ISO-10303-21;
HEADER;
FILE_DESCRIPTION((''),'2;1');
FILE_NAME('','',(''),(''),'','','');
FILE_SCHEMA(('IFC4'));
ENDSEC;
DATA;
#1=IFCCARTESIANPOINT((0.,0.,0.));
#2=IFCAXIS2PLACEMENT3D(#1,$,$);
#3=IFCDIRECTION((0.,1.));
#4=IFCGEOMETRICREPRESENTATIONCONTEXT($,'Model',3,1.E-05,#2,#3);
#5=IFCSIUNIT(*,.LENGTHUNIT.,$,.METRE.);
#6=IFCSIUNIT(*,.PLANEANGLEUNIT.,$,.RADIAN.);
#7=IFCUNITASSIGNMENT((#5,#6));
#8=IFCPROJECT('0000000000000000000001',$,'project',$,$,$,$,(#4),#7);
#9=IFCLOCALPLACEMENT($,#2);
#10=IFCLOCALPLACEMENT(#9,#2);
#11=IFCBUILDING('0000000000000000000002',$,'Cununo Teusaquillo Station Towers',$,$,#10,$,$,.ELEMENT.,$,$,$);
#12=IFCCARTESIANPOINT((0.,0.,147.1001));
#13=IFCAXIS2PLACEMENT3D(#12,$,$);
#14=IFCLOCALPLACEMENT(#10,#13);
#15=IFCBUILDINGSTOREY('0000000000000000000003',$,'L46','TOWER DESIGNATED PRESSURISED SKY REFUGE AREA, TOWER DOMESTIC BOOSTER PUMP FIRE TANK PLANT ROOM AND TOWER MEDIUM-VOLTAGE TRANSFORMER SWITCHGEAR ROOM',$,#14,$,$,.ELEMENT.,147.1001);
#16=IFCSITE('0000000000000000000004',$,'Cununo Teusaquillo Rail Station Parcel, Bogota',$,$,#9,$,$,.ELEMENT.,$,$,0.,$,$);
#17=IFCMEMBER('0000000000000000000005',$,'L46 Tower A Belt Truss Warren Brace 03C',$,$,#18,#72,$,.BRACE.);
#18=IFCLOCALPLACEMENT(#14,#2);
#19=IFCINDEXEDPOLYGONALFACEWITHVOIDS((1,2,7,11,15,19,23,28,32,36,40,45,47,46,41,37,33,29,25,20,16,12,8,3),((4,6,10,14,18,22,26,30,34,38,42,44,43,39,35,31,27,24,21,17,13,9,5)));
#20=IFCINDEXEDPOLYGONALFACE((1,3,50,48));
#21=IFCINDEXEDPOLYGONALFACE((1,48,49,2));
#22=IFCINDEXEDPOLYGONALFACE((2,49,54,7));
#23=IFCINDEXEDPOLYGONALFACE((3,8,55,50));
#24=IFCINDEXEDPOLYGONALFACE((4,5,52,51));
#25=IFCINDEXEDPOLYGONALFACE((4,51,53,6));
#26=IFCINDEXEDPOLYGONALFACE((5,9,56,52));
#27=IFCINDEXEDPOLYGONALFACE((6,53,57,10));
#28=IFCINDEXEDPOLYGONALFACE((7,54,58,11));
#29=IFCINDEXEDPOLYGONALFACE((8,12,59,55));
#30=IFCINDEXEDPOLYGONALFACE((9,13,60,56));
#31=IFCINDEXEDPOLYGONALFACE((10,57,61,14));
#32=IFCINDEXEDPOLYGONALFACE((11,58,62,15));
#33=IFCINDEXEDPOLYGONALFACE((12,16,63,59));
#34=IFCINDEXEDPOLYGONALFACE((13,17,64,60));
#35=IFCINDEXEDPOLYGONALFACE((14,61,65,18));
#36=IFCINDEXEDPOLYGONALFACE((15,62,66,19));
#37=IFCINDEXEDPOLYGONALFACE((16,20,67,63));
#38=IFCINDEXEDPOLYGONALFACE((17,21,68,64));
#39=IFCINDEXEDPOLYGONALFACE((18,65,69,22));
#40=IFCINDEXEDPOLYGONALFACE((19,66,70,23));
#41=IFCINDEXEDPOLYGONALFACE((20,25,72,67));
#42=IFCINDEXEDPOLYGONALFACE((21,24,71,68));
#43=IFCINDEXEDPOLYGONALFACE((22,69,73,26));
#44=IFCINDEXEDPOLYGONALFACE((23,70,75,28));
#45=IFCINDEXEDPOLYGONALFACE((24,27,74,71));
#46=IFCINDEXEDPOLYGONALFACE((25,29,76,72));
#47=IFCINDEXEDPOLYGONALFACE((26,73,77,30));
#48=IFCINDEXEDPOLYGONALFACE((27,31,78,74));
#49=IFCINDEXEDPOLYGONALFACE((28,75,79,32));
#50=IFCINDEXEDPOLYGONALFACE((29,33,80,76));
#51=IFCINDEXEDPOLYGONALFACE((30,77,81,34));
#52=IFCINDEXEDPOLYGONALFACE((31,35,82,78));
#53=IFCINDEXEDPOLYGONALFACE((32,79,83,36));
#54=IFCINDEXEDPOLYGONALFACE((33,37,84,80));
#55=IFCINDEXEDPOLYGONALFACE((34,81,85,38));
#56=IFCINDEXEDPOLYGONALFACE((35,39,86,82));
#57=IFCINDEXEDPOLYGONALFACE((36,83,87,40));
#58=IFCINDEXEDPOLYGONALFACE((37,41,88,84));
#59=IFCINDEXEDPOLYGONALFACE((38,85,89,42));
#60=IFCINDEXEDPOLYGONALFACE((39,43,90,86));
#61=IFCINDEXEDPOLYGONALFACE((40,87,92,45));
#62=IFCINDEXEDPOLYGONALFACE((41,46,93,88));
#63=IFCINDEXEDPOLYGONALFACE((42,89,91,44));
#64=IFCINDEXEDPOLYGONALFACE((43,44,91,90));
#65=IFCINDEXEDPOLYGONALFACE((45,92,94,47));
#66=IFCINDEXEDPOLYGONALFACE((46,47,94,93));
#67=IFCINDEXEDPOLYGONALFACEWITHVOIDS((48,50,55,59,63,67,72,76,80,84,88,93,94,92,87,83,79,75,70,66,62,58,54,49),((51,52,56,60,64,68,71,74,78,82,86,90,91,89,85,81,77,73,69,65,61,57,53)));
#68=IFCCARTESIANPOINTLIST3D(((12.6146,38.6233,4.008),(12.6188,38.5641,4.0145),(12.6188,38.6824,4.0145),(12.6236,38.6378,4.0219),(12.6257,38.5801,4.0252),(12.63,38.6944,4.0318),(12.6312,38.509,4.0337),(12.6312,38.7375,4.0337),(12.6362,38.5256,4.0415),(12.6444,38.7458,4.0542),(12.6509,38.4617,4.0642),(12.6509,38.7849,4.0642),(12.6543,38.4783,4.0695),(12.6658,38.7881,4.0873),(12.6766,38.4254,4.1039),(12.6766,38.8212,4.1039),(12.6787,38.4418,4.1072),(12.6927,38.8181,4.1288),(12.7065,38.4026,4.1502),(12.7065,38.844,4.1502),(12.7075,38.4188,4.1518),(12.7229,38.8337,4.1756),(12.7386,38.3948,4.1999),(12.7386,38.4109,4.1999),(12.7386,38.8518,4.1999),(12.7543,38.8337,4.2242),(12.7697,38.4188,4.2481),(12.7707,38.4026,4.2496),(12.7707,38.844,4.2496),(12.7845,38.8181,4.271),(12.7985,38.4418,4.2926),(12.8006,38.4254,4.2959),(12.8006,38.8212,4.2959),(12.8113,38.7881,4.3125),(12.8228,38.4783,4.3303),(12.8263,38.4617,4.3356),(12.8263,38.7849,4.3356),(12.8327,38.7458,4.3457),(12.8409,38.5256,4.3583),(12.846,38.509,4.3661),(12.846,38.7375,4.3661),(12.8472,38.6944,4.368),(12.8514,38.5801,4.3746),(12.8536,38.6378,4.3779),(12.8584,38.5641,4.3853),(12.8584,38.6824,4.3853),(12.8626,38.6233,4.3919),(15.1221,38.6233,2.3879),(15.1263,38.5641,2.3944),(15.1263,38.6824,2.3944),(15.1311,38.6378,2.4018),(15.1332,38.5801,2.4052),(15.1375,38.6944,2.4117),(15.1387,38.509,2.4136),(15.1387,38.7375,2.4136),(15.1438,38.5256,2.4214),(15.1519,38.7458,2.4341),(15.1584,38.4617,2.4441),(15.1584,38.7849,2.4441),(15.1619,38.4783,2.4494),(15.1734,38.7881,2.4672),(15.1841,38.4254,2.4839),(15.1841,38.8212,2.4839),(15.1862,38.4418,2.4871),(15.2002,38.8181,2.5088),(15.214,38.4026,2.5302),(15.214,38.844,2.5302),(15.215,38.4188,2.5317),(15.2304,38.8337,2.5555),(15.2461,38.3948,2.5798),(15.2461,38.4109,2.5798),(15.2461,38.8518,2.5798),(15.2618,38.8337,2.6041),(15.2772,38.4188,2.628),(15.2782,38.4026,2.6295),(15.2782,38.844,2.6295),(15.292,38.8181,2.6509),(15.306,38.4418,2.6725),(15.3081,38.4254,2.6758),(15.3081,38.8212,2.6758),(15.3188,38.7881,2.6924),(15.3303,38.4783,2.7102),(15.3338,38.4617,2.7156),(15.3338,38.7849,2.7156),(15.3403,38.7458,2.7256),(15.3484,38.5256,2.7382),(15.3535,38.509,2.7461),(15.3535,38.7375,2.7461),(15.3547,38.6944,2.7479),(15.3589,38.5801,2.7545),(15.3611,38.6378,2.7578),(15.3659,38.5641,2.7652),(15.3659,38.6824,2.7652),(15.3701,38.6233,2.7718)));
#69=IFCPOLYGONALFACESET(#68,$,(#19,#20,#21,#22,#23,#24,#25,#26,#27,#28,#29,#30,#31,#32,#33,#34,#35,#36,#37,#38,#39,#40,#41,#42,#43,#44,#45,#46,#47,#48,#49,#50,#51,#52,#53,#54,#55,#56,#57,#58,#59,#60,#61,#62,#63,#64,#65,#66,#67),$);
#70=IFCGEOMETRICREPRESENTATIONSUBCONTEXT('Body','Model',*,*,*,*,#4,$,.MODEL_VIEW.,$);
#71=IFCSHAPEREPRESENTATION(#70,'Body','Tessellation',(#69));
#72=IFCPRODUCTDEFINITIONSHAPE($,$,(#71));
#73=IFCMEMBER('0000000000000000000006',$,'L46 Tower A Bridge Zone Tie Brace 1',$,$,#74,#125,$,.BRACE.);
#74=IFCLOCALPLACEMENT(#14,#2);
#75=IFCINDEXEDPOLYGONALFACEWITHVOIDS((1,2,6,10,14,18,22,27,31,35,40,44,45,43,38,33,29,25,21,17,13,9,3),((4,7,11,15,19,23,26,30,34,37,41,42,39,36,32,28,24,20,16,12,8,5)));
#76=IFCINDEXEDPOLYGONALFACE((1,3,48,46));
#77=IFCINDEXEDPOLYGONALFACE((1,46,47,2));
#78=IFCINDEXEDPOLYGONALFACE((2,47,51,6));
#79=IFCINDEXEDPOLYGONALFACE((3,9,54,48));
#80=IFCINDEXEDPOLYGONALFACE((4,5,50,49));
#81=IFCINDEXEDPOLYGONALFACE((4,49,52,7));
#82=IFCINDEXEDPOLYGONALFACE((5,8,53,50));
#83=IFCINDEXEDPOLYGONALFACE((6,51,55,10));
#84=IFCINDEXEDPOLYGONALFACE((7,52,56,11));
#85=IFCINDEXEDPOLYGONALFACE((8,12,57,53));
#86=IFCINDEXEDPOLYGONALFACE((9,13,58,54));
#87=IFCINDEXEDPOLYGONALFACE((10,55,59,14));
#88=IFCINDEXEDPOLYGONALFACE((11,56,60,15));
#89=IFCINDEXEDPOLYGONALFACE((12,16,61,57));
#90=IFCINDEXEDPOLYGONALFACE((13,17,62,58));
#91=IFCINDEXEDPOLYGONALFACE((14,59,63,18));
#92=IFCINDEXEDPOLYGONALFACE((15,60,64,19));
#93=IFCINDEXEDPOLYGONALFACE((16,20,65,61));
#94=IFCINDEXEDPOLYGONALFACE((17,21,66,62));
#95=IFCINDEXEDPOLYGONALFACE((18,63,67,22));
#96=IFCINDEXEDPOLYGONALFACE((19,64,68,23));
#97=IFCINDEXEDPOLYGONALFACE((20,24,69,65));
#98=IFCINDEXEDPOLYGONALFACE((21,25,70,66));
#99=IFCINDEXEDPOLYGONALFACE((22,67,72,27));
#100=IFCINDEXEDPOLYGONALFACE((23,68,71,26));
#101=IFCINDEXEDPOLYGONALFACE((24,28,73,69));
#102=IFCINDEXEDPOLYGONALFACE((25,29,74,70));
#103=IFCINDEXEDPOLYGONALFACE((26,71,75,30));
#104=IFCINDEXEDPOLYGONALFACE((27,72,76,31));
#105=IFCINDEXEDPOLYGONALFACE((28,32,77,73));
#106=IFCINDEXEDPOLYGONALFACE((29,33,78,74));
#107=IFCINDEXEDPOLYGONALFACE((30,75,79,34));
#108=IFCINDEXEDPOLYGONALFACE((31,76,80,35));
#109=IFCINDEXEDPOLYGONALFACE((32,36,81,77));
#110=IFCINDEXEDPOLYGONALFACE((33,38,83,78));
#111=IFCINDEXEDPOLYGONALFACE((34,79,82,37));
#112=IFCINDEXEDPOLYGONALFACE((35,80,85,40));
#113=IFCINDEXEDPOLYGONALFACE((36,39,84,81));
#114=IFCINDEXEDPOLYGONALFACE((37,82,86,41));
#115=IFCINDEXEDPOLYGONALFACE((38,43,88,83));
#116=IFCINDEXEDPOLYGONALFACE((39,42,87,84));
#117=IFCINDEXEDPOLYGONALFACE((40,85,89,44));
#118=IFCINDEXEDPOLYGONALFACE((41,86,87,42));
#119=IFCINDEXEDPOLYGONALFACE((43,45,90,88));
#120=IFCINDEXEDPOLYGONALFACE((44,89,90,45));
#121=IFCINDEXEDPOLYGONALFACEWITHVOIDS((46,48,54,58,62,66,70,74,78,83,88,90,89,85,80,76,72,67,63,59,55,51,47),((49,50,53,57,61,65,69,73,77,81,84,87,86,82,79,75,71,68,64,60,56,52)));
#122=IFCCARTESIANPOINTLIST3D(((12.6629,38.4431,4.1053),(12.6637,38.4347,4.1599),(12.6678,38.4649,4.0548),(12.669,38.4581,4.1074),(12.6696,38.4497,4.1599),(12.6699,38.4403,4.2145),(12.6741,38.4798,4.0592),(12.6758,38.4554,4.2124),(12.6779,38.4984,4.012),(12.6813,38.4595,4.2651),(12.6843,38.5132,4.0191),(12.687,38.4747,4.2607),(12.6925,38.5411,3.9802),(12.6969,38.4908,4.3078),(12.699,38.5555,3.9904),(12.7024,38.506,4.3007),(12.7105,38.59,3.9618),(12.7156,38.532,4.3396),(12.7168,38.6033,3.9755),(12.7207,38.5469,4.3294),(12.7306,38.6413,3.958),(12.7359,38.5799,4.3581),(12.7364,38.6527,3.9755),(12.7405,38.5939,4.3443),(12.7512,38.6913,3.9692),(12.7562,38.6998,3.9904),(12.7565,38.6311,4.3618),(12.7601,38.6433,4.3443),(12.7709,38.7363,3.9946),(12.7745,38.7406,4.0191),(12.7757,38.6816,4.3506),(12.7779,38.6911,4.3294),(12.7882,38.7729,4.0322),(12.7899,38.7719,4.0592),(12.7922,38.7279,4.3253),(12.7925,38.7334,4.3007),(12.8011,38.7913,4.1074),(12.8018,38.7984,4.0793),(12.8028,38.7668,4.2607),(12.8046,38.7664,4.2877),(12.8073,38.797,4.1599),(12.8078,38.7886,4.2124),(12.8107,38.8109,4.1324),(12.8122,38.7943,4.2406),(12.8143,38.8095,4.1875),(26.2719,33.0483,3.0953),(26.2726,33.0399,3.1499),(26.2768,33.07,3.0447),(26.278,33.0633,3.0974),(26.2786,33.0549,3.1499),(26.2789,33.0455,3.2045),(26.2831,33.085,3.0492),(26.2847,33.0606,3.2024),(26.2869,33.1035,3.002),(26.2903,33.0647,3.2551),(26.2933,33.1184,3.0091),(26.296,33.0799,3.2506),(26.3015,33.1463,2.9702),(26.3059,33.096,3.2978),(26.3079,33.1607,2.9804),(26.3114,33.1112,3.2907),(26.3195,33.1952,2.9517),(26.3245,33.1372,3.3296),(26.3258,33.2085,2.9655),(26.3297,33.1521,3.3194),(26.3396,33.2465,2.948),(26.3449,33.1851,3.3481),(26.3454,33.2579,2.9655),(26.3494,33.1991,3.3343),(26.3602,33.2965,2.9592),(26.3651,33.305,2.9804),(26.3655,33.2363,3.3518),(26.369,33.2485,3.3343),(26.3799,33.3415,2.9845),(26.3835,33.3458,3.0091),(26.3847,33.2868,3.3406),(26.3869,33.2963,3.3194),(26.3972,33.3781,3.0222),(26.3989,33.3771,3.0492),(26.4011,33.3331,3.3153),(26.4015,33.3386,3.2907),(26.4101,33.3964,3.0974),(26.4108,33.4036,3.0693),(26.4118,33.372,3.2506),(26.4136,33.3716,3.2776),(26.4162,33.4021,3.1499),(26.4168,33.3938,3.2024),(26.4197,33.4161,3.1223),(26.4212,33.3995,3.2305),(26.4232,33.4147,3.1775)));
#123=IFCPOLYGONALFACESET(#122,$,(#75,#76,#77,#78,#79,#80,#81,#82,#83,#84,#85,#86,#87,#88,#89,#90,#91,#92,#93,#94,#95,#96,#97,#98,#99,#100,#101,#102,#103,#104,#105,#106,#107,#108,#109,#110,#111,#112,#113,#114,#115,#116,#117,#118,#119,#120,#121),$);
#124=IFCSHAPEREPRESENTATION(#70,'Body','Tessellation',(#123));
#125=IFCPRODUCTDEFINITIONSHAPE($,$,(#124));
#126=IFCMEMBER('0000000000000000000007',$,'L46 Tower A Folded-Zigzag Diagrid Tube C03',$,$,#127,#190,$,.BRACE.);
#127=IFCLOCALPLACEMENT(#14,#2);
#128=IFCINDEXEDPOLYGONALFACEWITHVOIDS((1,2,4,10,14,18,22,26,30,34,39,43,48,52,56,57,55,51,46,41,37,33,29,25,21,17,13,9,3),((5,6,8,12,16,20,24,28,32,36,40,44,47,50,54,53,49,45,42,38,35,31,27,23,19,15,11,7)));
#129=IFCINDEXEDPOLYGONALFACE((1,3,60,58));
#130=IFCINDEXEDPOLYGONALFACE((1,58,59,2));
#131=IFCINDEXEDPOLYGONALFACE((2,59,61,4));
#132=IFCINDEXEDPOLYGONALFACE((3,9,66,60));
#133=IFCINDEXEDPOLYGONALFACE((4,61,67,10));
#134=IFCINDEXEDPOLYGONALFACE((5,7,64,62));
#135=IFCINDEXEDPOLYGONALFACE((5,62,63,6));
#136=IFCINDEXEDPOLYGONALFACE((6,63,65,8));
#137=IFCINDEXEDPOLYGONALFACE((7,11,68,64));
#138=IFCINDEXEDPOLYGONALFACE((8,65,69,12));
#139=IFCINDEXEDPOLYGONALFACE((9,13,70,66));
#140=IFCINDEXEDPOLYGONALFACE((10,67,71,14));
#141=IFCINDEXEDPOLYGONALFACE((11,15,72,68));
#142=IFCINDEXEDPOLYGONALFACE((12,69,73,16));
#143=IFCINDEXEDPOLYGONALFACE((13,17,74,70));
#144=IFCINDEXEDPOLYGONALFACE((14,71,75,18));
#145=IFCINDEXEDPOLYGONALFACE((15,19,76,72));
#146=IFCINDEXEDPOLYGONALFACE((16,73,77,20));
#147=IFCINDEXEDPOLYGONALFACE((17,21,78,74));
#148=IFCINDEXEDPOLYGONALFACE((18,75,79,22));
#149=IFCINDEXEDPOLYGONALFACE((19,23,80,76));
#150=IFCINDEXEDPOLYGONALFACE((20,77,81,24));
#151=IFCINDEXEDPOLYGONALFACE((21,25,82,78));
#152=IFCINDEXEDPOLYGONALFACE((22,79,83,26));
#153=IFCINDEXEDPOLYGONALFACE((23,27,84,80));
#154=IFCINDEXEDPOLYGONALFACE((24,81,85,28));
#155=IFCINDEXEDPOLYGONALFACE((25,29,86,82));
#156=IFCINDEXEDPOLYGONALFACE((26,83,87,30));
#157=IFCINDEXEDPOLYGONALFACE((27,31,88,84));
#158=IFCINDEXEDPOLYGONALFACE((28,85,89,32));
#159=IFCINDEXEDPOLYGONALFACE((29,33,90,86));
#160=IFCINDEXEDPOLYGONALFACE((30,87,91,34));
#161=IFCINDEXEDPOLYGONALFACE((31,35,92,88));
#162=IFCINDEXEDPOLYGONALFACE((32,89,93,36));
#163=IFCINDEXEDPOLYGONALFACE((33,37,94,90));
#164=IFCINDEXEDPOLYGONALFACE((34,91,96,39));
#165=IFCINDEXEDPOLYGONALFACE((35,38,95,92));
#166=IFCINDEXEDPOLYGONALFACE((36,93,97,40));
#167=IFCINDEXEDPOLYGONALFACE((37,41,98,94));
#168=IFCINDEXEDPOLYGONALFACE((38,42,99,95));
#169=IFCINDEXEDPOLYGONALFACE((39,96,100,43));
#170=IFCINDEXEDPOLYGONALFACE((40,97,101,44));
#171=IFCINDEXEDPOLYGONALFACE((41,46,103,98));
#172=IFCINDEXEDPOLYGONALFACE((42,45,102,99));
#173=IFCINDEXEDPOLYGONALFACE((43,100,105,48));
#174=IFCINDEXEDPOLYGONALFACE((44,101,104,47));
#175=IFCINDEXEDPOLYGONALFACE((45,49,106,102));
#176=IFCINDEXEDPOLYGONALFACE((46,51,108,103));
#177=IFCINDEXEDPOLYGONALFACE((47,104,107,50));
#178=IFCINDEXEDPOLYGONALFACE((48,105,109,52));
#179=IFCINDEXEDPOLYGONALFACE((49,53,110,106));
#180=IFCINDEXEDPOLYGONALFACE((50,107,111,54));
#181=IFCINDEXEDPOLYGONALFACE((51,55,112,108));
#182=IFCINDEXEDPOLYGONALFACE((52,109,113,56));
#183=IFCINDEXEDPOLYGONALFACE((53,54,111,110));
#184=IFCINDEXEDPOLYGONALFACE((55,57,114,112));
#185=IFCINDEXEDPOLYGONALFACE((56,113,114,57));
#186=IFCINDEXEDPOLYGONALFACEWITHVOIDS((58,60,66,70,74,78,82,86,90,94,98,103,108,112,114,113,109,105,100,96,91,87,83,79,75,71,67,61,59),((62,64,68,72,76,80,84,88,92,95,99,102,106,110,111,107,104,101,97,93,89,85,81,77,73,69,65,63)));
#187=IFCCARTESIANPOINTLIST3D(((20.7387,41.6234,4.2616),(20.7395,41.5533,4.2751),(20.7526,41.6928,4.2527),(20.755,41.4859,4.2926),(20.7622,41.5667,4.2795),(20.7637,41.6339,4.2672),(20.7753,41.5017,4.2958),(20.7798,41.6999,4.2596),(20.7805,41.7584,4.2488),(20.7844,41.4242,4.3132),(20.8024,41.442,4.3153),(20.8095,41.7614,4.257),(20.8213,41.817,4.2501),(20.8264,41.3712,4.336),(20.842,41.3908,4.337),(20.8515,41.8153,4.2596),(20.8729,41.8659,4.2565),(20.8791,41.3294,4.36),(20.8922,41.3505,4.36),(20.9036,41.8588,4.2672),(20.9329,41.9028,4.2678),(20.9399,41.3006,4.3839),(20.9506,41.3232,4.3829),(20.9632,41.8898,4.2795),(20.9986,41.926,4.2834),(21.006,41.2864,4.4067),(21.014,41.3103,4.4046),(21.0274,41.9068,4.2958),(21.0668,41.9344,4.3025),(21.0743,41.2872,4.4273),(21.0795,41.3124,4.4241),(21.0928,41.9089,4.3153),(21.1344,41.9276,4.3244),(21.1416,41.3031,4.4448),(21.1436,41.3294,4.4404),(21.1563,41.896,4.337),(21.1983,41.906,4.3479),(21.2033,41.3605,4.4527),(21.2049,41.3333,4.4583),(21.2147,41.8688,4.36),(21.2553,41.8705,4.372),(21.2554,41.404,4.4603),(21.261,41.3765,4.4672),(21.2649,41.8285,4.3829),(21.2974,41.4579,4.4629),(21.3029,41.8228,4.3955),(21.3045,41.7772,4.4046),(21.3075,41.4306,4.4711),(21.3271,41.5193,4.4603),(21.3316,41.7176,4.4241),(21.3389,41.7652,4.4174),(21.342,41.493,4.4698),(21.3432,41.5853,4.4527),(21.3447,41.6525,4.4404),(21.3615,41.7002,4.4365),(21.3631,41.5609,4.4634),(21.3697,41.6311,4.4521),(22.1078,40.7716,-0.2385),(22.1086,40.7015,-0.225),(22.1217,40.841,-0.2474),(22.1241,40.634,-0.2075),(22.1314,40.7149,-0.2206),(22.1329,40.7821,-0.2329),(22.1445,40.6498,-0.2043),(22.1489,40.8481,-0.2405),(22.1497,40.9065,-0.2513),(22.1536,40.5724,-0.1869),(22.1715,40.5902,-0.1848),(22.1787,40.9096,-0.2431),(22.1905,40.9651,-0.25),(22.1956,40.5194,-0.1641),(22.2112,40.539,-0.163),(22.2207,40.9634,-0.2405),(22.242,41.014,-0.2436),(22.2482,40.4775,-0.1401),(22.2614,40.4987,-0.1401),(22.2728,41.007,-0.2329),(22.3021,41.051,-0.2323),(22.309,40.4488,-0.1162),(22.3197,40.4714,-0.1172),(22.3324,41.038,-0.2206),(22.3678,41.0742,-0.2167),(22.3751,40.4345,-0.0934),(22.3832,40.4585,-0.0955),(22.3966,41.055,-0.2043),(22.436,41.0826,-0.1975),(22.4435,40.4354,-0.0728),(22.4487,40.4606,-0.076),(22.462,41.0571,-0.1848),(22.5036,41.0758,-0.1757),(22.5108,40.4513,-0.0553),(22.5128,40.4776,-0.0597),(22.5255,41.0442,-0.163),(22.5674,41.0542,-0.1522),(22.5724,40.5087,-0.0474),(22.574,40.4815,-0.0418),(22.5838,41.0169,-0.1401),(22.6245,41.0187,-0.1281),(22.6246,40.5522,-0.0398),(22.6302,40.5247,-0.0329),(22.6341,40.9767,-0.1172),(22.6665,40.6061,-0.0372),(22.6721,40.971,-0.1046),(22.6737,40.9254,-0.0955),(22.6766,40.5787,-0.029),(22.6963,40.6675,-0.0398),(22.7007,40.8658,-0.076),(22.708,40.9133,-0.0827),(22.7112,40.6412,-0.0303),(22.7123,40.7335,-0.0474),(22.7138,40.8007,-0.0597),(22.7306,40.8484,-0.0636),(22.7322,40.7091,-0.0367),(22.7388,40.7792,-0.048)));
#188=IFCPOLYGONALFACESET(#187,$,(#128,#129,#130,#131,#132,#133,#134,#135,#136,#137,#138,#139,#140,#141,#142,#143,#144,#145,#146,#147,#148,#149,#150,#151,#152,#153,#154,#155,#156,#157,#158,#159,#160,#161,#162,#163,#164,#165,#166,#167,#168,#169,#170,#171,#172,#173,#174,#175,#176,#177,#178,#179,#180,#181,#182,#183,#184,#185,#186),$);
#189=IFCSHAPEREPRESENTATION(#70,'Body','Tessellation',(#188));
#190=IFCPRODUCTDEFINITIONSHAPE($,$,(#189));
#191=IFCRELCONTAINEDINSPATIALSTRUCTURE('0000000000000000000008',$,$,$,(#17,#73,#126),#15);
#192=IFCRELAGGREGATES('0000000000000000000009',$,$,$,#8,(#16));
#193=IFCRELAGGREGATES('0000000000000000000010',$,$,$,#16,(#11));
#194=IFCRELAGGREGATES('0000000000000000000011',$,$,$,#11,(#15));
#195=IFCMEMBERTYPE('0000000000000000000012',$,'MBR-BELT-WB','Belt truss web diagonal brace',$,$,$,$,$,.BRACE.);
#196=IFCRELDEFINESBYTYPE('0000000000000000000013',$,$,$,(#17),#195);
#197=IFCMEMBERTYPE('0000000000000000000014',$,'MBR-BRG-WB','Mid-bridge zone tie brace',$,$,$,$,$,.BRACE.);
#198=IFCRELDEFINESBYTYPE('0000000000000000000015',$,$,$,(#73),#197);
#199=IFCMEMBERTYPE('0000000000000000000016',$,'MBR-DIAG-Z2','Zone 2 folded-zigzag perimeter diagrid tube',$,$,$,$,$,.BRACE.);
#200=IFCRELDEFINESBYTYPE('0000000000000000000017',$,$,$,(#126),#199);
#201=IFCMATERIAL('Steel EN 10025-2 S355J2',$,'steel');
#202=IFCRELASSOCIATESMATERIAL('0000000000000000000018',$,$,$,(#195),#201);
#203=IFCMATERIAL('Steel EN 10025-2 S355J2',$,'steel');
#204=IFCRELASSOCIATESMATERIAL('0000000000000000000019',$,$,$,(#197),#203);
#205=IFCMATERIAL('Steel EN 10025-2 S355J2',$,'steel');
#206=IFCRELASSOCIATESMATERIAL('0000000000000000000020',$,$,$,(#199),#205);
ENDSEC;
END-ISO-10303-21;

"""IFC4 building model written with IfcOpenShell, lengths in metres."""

from ifc_helpers import new_model, si_unit, direction, frame, origin, origin_2d, place, context, subcontext, project, spatial, hollow_circle, extrude, material, material_profile, profile_set, type_object, element, save


model = new_model("IFC4")

# Units and contexts
model_context = context("Model", 3, precision=1e-05, world=origin(), true_north=direction((0.0, 1.0)))
body_context = subcontext(model_context, "Body", "Model", "MODEL_VIEW")
ifc_project = project(units=[si_unit("LENGTHUNIT", "METRE"), si_unit("PLANEANGLEUNIT", "RADIAN")], contexts=[model_context])

# Site, building, storey
site_placement = place(None, origin())
site = spatial("IfcSite", under=ifc_project, at=site_placement, Name="Cununo Teusaquillo Rail Station Parcel, Bogota", CompositionType="ELEMENT", RefElevation=0.0)
building_placement = place(site_placement, origin())
building = spatial("IfcBuilding", under=site, at=building_placement, Name="Cununo Teusaquillo Station Towers", CompositionType="ELEMENT")
storey_placement = place(building_placement, frame((0.0, 0.0, 147.1001)))
storey = spatial("IfcBuildingStorey", under=building, at=storey_placement, Name="L46", Description="TOWER DESIGNATED PRESSURISED SKY REFUGE AREA, TOWER DOMESTIC BOOSTER PUMP FIRE TANK PLANT ROOM AND TOWER MEDIUM-VOLTAGE TRANSFORMER SWITCHGEAR ROOM", CompositionType="ELEMENT", Elevation=147.1001)

# Members
ifc_material_1 = material(Name="Steel EN 10025-2 S355J2", Category="steel")
ifc_material_profile_1 = material_profile(ifc_material_1, hollow_circle(Radius=0.2285, WallThickness=0.0161, at=origin_2d()), Name="CHS 457x16")
ifc_profile_set_1 = profile_set([ifc_material_profile_1], Name="Steel EN 10025-2 S355J2")
member_type_1 = type_object("IfcMemberType", Name="MBR-BELT-WB", Description="Belt truss web diagonal brace", PredefinedType="BRACE", material=ifc_profile_set_1)
member_1_placement = place(storey_placement, frame((15.2461, 38.6233, 2.5798), z_axis=(-0.839941, 0.0, 0.542678), x_axis=(0.0, -1.0, 0.0)))
element("IfcMember", 1, at=member_1_placement, inside=storey, type_object=member_type_1, Name="L46 Tower A Belt Truss Warren Brace 03C", PredefinedType="BRACE", context=body_context, shape_type="SweptSolid", body=[
    extrude(hollow_circle(Radius=0.2285, WallThickness=0.0161, at=origin_2d()), origin(), (0.0, 0.0, 1.0), 2.9854),
])
ifc_material_2 = material(Name="Steel EN 10025-2 S355J2", Category="steel")
ifc_material_profile_2 = material_profile(ifc_material_2, hollow_circle(Radius=0.2029, WallThickness=0.0161, at=origin_2d()), Name="CHS 406x16")
ifc_profile_set_2 = profile_set([ifc_material_profile_2], Name="Steel EN 10025-2 S355J2")
member_type_2 = type_object("IfcMemberType", Name="MBR-BRG-WB", Description="Mid-bridge zone tie brace", PredefinedType="BRACE", material=ifc_profile_set_2)
member_2_placement = place(storey_placement, frame((26.3474, 33.2285, 3.1499), z_axis=(-0.927417, 0.367642, 0.06883), x_axis=(-0.368516, -0.929621, 0.0)))
element("IfcMember", 2, at=member_2_placement, inside=storey, type_object=member_type_2, Name="L46 Tower A Bridge Zone Tie Brace 1", PredefinedType="BRACE", context=body_context, shape_type="SweptSolid", body=[
    extrude(hollow_circle(Radius=0.2029, WallThickness=0.0161, at=origin_2d()), origin(), (0.0, 0.0, 1.0), 14.6741),
])
ifc_material_3 = material(Name="Steel EN 10025-2 S355J2", Category="steel")
ifc_material_profile_3 = material_profile(ifc_material_3, hollow_circle(Radius=0.3301, WallThickness=0.0249, at=origin_2d()), Name="CHS 660x25")
ifc_profile_set_3 = profile_set([ifc_material_profile_3], Name="Steel EN 10025-2 S355J2")
member_type_3 = type_object("IfcMemberType", Name="MBR-DIAG-Z2", Description="Zone 2 folded-zigzag perimeter diagrid tube", PredefinedType="BRACE", material=ifc_profile_set_3)
member_3_placement = place(storey_placement, frame((22.4226, 40.7578, -0.1401), z_axis=(-0.28642, 0.178196, 0.941387), x_axis=(-0.528256, -0.849085, 0.0)))
element("IfcMember", 3, at=member_3_placement, inside=storey, type_object=member_type_3, Name="L46 Tower A Folded-Zigzag Diagrid Tube C03", PredefinedType="BRACE", context=body_context, shape_type="SweptSolid", body=[
    extrude(hollow_circle(Radius=0.3301, WallThickness=0.0249, at=origin_2d()), origin(), (0.0, 0.0, 1.0), 4.7803),
])

save(model, "model.ifc")
